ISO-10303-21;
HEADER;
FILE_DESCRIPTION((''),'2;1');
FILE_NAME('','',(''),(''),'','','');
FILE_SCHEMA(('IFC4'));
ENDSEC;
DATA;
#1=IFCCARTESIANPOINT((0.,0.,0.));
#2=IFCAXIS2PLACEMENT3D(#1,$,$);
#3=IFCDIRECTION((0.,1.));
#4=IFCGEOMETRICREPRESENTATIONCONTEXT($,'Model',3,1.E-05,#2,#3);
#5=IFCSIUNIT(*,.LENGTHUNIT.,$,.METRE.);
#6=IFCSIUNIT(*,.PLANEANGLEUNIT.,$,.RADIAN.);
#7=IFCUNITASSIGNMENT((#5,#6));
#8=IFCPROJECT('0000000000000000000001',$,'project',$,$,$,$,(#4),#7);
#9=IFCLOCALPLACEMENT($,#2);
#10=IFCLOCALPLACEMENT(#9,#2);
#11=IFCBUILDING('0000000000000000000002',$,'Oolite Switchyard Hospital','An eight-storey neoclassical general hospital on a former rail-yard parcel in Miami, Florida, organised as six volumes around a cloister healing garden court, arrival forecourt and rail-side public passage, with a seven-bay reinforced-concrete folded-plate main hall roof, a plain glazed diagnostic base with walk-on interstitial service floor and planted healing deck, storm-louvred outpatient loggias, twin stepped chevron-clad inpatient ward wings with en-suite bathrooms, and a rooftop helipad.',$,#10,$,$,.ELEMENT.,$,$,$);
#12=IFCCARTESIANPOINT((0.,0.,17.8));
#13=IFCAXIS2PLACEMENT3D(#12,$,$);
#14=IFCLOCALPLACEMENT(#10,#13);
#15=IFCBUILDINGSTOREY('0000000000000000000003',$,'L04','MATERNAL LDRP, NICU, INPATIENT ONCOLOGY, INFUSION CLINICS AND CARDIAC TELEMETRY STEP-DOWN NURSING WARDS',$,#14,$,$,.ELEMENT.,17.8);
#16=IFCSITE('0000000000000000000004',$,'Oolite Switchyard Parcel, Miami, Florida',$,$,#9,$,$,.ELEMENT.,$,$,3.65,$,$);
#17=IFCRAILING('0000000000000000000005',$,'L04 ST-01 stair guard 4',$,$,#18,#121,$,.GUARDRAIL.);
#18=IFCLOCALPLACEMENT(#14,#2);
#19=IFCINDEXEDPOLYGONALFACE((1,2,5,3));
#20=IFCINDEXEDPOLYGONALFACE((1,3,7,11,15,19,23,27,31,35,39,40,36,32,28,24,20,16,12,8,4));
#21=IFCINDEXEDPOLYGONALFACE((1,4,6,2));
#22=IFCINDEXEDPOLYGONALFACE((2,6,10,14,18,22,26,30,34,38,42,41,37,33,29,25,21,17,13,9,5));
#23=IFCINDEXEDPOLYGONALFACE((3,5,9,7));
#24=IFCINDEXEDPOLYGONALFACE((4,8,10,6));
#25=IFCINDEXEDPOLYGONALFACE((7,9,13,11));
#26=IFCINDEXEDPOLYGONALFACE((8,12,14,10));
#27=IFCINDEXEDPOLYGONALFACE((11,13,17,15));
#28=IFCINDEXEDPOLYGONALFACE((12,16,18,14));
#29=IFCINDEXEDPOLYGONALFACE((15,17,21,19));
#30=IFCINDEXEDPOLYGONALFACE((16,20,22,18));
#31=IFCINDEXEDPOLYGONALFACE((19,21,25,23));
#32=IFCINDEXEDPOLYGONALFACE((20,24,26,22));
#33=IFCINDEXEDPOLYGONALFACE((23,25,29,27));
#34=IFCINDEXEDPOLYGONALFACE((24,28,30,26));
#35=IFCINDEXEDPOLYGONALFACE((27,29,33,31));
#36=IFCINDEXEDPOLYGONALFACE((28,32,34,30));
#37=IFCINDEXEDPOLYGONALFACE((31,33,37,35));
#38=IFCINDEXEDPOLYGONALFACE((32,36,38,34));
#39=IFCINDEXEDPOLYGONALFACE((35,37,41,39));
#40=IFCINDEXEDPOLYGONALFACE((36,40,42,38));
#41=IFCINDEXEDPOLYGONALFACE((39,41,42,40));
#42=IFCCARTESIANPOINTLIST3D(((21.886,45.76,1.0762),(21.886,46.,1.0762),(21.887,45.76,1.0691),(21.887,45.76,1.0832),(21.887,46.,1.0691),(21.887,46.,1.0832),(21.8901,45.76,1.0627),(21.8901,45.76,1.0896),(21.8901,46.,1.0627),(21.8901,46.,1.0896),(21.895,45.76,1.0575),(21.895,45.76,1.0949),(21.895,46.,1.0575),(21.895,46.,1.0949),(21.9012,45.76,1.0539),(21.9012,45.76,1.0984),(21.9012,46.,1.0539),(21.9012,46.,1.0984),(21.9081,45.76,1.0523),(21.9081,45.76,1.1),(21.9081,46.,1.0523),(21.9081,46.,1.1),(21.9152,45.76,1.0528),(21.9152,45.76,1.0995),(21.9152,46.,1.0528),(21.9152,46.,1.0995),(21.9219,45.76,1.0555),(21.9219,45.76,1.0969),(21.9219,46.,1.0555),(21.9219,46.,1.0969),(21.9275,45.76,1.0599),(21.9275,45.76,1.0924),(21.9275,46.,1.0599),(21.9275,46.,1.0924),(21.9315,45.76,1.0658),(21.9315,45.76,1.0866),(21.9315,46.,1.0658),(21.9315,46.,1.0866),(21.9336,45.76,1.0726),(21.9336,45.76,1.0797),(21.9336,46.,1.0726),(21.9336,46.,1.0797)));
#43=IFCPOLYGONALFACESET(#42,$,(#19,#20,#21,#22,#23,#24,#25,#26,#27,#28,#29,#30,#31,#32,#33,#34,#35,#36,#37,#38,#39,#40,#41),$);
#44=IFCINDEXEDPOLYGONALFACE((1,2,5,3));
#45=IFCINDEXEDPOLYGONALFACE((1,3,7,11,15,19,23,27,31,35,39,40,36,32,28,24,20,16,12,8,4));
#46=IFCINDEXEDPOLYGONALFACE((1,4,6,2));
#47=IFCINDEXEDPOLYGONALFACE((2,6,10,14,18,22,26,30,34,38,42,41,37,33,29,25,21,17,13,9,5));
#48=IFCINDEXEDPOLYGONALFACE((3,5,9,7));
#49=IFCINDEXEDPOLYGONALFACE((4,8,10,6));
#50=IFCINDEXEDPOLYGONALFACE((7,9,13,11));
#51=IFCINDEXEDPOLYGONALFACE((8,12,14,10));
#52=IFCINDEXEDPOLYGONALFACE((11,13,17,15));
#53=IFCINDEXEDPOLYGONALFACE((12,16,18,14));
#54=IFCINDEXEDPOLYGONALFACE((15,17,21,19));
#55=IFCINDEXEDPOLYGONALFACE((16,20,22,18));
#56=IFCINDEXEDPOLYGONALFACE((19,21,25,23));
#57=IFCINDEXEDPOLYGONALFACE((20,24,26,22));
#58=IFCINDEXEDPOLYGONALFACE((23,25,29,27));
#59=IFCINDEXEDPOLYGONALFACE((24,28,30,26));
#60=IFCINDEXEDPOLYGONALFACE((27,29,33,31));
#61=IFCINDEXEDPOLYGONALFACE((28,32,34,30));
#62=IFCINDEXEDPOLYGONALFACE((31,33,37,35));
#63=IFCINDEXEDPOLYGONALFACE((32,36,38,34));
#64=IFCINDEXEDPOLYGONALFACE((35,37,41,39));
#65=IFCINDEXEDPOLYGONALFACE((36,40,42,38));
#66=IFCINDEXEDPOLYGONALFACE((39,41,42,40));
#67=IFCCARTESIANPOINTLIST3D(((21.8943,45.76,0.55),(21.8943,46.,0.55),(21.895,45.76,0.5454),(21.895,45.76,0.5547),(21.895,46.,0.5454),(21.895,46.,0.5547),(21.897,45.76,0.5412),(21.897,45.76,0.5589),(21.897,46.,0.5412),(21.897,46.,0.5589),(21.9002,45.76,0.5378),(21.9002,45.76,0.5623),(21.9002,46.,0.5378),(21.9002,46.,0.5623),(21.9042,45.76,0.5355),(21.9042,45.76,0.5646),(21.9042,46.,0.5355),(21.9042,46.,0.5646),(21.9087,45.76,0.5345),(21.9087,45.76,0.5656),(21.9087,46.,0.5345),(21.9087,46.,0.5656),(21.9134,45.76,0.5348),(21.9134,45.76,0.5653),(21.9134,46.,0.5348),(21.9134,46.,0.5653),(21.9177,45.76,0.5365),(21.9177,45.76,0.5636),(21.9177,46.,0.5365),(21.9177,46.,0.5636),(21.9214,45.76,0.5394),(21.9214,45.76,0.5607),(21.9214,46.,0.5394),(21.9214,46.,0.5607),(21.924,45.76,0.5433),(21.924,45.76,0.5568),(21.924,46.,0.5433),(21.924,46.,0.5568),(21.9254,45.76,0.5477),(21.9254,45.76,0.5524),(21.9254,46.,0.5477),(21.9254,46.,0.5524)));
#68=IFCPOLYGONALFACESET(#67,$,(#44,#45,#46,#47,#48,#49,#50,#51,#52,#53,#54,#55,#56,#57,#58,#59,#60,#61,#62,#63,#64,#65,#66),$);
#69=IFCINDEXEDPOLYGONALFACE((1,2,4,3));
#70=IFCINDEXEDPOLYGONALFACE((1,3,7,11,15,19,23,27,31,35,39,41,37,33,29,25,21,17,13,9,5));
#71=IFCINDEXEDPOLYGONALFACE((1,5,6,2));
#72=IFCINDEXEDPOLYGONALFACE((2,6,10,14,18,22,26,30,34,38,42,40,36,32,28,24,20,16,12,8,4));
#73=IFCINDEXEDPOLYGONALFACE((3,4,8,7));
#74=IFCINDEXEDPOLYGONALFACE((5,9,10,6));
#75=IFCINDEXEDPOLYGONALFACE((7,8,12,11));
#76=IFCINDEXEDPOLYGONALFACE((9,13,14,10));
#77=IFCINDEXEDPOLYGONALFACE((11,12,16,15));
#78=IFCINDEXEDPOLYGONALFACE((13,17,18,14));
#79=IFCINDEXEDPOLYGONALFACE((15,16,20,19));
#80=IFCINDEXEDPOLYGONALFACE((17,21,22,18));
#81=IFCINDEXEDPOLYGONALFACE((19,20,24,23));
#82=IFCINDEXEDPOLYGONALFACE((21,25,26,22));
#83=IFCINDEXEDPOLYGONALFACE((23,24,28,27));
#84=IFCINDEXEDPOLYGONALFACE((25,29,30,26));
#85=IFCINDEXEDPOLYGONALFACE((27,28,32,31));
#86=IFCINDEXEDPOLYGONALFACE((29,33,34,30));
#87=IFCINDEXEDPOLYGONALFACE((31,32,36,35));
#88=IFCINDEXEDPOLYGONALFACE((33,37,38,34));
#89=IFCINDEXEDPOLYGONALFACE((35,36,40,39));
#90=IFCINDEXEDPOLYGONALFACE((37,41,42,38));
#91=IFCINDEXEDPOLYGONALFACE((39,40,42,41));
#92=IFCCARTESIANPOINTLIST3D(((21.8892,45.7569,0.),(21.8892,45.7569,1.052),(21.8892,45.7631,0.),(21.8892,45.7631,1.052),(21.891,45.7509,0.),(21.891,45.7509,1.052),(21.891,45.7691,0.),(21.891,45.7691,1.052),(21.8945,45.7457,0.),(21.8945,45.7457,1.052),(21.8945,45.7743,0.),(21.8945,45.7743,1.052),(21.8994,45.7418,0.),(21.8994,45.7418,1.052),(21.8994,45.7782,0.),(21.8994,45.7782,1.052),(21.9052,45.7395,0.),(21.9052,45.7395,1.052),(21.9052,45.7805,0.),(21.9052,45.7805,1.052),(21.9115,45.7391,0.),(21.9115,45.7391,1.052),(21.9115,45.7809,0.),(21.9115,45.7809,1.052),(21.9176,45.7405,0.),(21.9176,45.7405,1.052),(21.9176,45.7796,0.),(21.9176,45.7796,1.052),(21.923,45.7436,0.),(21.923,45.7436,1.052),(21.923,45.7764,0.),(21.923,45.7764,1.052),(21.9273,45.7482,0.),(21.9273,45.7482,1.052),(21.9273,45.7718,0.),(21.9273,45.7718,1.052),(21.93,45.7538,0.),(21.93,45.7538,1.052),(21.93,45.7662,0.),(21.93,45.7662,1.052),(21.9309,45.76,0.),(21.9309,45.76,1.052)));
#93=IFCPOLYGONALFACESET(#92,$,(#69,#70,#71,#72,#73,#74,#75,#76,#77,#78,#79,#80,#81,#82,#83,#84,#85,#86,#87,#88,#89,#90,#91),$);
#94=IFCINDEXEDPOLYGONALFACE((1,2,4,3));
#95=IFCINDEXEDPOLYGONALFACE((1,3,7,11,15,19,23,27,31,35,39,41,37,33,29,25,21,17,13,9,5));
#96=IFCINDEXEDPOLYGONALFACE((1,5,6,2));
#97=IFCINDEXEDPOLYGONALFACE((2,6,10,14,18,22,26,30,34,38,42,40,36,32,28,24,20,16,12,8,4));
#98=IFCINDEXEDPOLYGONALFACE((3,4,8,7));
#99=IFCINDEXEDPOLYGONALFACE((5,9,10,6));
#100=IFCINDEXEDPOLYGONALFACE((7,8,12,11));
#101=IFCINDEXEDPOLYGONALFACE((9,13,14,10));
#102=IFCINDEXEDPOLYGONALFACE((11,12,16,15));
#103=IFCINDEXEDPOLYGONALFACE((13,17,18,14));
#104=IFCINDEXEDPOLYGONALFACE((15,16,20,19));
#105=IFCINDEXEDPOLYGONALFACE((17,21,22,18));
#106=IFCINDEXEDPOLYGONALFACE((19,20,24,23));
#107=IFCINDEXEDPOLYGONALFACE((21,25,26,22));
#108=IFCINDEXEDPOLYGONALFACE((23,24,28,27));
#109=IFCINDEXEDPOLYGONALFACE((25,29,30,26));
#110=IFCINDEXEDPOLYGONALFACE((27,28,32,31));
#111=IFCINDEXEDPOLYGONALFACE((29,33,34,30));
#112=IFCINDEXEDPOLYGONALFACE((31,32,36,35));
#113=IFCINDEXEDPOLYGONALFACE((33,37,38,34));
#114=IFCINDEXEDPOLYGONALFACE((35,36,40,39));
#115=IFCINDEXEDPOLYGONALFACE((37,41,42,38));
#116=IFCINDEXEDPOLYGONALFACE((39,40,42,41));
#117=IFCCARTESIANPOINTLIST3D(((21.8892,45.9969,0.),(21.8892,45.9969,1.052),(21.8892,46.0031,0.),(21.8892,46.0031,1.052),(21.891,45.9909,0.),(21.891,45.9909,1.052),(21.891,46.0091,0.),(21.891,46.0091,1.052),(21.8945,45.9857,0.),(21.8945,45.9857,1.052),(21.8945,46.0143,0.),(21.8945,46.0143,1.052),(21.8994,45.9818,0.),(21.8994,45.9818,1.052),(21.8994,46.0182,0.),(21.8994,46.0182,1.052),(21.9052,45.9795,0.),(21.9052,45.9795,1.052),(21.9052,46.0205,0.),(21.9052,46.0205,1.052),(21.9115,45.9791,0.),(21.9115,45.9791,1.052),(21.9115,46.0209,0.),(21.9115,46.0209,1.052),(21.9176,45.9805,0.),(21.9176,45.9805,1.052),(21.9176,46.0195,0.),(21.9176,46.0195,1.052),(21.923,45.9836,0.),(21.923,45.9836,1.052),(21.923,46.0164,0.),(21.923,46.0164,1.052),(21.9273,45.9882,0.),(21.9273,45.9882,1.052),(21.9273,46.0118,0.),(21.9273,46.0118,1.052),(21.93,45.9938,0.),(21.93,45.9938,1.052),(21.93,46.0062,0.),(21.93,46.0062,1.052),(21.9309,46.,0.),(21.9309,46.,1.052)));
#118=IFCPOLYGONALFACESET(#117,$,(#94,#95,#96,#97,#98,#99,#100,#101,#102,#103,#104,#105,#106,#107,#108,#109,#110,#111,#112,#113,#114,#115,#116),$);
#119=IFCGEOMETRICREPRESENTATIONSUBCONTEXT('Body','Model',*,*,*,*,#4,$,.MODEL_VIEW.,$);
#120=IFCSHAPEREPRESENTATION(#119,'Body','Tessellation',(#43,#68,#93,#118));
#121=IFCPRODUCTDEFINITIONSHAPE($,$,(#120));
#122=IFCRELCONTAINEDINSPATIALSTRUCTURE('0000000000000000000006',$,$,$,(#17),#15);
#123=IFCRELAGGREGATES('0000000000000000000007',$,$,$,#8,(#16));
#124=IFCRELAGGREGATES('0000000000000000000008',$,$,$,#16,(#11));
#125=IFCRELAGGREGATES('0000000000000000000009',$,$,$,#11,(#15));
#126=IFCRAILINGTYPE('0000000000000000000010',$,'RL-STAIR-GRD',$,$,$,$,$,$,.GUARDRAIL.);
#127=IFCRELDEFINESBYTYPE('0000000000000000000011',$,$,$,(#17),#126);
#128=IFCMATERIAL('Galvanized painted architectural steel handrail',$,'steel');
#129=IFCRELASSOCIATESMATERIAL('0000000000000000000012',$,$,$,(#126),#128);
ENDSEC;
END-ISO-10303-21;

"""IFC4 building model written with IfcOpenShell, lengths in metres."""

from ifc_helpers import new_model, si_unit, direction, frame, origin, origin_2d, place, context, subcontext, project, spatial, circle, extrude, material, type_object, element, save


model = new_model("IFC4")

# Units and contexts
model_context = context("Model", 3, precision=1e-05, world=origin(), true_north=direction((0.0, 1.0)))
body_context = subcontext(model_context, "Body", "Model", "MODEL_VIEW")
ifc_project = project(units=[si_unit("LENGTHUNIT", "METRE"), si_unit("PLANEANGLEUNIT", "RADIAN")], contexts=[model_context])

# Site, building, storey
site_placement = place(None, origin())
site = spatial("IfcSite", under=ifc_project, at=site_placement, Name="Oolite Switchyard Parcel, Miami, Florida", CompositionType="ELEMENT", RefElevation=3.65)
building_placement = place(site_placement, origin())
building = spatial("IfcBuilding", under=site, at=building_placement, Name="Oolite Switchyard Hospital", Description="An eight-storey neoclassical general hospital on a former rail-yard parcel in Miami, Florida, organised as six volumes around a cloister healing garden court, arrival forecourt and rail-side public passage, with a seven-bay reinforced-concrete folded-plate main hall roof, a plain glazed diagnostic base with walk-on interstitial service floor and planted healing deck, storm-louvred outpatient loggias, twin stepped chevron-clad inpatient ward wings with en-suite bathrooms, and a rooftop helipad.", CompositionType="ELEMENT")
storey_placement = place(building_placement, frame((0.0, 0.0, 17.8)))
storey = spatial("IfcBuildingStorey", under=building, at=storey_placement, Name="L04", Description="MATERNAL LDRP, NICU, INPATIENT ONCOLOGY, INFUSION CLINICS AND CARDIAC TELEMETRY STEP-DOWN NURSING WARDS", CompositionType="ELEMENT", Elevation=17.8)

# Railing
ifc_material_1 = material(Name="Galvanized painted architectural steel handrail", Category="steel")
railing_type_1 = type_object("IfcRailingType", Name="RL-STAIR-GRD", PredefinedType="GUARDRAIL", material=ifc_material_1)
railing_1_placement = place(storey_placement, frame((21.9099, 45.76, 0.0)))
element("IfcRailing", 1, at=railing_1_placement, inside=storey, type_object=railing_type_1, Name="L04 ST-01 stair guard 4", PredefinedType="GUARDRAIL", context=body_context, shape_type="SweptSolid", body=[
    extrude(circle(Radius=0.0239, at=origin_2d()), frame((0.0, 0.0, 1.0762), z_axis=(0.0, 1.0, 0.0), x_axis=(-1.0, 0.0, 0.0)), (0.0, 0.0, 1.0), 0.24),
    extrude(circle(Radius=0.0156, at=origin_2d()), frame((0.0, 0.0, 0.55), z_axis=(0.0, 1.0, 0.0), x_axis=(-1.0, 0.0, 0.0)), (0.0, 0.0, 1.0), 0.24),
    extrude(circle(Radius=0.021, at=origin_2d()), origin(), (0.0, 0.0, 1.0), 1.052),
    extrude(circle(Radius=0.021, at=origin_2d()), frame((0.0, 0.24, 0.0)), (0.0, 0.0, 1.0), 1.052),
])

save(model, "model.ifc")
